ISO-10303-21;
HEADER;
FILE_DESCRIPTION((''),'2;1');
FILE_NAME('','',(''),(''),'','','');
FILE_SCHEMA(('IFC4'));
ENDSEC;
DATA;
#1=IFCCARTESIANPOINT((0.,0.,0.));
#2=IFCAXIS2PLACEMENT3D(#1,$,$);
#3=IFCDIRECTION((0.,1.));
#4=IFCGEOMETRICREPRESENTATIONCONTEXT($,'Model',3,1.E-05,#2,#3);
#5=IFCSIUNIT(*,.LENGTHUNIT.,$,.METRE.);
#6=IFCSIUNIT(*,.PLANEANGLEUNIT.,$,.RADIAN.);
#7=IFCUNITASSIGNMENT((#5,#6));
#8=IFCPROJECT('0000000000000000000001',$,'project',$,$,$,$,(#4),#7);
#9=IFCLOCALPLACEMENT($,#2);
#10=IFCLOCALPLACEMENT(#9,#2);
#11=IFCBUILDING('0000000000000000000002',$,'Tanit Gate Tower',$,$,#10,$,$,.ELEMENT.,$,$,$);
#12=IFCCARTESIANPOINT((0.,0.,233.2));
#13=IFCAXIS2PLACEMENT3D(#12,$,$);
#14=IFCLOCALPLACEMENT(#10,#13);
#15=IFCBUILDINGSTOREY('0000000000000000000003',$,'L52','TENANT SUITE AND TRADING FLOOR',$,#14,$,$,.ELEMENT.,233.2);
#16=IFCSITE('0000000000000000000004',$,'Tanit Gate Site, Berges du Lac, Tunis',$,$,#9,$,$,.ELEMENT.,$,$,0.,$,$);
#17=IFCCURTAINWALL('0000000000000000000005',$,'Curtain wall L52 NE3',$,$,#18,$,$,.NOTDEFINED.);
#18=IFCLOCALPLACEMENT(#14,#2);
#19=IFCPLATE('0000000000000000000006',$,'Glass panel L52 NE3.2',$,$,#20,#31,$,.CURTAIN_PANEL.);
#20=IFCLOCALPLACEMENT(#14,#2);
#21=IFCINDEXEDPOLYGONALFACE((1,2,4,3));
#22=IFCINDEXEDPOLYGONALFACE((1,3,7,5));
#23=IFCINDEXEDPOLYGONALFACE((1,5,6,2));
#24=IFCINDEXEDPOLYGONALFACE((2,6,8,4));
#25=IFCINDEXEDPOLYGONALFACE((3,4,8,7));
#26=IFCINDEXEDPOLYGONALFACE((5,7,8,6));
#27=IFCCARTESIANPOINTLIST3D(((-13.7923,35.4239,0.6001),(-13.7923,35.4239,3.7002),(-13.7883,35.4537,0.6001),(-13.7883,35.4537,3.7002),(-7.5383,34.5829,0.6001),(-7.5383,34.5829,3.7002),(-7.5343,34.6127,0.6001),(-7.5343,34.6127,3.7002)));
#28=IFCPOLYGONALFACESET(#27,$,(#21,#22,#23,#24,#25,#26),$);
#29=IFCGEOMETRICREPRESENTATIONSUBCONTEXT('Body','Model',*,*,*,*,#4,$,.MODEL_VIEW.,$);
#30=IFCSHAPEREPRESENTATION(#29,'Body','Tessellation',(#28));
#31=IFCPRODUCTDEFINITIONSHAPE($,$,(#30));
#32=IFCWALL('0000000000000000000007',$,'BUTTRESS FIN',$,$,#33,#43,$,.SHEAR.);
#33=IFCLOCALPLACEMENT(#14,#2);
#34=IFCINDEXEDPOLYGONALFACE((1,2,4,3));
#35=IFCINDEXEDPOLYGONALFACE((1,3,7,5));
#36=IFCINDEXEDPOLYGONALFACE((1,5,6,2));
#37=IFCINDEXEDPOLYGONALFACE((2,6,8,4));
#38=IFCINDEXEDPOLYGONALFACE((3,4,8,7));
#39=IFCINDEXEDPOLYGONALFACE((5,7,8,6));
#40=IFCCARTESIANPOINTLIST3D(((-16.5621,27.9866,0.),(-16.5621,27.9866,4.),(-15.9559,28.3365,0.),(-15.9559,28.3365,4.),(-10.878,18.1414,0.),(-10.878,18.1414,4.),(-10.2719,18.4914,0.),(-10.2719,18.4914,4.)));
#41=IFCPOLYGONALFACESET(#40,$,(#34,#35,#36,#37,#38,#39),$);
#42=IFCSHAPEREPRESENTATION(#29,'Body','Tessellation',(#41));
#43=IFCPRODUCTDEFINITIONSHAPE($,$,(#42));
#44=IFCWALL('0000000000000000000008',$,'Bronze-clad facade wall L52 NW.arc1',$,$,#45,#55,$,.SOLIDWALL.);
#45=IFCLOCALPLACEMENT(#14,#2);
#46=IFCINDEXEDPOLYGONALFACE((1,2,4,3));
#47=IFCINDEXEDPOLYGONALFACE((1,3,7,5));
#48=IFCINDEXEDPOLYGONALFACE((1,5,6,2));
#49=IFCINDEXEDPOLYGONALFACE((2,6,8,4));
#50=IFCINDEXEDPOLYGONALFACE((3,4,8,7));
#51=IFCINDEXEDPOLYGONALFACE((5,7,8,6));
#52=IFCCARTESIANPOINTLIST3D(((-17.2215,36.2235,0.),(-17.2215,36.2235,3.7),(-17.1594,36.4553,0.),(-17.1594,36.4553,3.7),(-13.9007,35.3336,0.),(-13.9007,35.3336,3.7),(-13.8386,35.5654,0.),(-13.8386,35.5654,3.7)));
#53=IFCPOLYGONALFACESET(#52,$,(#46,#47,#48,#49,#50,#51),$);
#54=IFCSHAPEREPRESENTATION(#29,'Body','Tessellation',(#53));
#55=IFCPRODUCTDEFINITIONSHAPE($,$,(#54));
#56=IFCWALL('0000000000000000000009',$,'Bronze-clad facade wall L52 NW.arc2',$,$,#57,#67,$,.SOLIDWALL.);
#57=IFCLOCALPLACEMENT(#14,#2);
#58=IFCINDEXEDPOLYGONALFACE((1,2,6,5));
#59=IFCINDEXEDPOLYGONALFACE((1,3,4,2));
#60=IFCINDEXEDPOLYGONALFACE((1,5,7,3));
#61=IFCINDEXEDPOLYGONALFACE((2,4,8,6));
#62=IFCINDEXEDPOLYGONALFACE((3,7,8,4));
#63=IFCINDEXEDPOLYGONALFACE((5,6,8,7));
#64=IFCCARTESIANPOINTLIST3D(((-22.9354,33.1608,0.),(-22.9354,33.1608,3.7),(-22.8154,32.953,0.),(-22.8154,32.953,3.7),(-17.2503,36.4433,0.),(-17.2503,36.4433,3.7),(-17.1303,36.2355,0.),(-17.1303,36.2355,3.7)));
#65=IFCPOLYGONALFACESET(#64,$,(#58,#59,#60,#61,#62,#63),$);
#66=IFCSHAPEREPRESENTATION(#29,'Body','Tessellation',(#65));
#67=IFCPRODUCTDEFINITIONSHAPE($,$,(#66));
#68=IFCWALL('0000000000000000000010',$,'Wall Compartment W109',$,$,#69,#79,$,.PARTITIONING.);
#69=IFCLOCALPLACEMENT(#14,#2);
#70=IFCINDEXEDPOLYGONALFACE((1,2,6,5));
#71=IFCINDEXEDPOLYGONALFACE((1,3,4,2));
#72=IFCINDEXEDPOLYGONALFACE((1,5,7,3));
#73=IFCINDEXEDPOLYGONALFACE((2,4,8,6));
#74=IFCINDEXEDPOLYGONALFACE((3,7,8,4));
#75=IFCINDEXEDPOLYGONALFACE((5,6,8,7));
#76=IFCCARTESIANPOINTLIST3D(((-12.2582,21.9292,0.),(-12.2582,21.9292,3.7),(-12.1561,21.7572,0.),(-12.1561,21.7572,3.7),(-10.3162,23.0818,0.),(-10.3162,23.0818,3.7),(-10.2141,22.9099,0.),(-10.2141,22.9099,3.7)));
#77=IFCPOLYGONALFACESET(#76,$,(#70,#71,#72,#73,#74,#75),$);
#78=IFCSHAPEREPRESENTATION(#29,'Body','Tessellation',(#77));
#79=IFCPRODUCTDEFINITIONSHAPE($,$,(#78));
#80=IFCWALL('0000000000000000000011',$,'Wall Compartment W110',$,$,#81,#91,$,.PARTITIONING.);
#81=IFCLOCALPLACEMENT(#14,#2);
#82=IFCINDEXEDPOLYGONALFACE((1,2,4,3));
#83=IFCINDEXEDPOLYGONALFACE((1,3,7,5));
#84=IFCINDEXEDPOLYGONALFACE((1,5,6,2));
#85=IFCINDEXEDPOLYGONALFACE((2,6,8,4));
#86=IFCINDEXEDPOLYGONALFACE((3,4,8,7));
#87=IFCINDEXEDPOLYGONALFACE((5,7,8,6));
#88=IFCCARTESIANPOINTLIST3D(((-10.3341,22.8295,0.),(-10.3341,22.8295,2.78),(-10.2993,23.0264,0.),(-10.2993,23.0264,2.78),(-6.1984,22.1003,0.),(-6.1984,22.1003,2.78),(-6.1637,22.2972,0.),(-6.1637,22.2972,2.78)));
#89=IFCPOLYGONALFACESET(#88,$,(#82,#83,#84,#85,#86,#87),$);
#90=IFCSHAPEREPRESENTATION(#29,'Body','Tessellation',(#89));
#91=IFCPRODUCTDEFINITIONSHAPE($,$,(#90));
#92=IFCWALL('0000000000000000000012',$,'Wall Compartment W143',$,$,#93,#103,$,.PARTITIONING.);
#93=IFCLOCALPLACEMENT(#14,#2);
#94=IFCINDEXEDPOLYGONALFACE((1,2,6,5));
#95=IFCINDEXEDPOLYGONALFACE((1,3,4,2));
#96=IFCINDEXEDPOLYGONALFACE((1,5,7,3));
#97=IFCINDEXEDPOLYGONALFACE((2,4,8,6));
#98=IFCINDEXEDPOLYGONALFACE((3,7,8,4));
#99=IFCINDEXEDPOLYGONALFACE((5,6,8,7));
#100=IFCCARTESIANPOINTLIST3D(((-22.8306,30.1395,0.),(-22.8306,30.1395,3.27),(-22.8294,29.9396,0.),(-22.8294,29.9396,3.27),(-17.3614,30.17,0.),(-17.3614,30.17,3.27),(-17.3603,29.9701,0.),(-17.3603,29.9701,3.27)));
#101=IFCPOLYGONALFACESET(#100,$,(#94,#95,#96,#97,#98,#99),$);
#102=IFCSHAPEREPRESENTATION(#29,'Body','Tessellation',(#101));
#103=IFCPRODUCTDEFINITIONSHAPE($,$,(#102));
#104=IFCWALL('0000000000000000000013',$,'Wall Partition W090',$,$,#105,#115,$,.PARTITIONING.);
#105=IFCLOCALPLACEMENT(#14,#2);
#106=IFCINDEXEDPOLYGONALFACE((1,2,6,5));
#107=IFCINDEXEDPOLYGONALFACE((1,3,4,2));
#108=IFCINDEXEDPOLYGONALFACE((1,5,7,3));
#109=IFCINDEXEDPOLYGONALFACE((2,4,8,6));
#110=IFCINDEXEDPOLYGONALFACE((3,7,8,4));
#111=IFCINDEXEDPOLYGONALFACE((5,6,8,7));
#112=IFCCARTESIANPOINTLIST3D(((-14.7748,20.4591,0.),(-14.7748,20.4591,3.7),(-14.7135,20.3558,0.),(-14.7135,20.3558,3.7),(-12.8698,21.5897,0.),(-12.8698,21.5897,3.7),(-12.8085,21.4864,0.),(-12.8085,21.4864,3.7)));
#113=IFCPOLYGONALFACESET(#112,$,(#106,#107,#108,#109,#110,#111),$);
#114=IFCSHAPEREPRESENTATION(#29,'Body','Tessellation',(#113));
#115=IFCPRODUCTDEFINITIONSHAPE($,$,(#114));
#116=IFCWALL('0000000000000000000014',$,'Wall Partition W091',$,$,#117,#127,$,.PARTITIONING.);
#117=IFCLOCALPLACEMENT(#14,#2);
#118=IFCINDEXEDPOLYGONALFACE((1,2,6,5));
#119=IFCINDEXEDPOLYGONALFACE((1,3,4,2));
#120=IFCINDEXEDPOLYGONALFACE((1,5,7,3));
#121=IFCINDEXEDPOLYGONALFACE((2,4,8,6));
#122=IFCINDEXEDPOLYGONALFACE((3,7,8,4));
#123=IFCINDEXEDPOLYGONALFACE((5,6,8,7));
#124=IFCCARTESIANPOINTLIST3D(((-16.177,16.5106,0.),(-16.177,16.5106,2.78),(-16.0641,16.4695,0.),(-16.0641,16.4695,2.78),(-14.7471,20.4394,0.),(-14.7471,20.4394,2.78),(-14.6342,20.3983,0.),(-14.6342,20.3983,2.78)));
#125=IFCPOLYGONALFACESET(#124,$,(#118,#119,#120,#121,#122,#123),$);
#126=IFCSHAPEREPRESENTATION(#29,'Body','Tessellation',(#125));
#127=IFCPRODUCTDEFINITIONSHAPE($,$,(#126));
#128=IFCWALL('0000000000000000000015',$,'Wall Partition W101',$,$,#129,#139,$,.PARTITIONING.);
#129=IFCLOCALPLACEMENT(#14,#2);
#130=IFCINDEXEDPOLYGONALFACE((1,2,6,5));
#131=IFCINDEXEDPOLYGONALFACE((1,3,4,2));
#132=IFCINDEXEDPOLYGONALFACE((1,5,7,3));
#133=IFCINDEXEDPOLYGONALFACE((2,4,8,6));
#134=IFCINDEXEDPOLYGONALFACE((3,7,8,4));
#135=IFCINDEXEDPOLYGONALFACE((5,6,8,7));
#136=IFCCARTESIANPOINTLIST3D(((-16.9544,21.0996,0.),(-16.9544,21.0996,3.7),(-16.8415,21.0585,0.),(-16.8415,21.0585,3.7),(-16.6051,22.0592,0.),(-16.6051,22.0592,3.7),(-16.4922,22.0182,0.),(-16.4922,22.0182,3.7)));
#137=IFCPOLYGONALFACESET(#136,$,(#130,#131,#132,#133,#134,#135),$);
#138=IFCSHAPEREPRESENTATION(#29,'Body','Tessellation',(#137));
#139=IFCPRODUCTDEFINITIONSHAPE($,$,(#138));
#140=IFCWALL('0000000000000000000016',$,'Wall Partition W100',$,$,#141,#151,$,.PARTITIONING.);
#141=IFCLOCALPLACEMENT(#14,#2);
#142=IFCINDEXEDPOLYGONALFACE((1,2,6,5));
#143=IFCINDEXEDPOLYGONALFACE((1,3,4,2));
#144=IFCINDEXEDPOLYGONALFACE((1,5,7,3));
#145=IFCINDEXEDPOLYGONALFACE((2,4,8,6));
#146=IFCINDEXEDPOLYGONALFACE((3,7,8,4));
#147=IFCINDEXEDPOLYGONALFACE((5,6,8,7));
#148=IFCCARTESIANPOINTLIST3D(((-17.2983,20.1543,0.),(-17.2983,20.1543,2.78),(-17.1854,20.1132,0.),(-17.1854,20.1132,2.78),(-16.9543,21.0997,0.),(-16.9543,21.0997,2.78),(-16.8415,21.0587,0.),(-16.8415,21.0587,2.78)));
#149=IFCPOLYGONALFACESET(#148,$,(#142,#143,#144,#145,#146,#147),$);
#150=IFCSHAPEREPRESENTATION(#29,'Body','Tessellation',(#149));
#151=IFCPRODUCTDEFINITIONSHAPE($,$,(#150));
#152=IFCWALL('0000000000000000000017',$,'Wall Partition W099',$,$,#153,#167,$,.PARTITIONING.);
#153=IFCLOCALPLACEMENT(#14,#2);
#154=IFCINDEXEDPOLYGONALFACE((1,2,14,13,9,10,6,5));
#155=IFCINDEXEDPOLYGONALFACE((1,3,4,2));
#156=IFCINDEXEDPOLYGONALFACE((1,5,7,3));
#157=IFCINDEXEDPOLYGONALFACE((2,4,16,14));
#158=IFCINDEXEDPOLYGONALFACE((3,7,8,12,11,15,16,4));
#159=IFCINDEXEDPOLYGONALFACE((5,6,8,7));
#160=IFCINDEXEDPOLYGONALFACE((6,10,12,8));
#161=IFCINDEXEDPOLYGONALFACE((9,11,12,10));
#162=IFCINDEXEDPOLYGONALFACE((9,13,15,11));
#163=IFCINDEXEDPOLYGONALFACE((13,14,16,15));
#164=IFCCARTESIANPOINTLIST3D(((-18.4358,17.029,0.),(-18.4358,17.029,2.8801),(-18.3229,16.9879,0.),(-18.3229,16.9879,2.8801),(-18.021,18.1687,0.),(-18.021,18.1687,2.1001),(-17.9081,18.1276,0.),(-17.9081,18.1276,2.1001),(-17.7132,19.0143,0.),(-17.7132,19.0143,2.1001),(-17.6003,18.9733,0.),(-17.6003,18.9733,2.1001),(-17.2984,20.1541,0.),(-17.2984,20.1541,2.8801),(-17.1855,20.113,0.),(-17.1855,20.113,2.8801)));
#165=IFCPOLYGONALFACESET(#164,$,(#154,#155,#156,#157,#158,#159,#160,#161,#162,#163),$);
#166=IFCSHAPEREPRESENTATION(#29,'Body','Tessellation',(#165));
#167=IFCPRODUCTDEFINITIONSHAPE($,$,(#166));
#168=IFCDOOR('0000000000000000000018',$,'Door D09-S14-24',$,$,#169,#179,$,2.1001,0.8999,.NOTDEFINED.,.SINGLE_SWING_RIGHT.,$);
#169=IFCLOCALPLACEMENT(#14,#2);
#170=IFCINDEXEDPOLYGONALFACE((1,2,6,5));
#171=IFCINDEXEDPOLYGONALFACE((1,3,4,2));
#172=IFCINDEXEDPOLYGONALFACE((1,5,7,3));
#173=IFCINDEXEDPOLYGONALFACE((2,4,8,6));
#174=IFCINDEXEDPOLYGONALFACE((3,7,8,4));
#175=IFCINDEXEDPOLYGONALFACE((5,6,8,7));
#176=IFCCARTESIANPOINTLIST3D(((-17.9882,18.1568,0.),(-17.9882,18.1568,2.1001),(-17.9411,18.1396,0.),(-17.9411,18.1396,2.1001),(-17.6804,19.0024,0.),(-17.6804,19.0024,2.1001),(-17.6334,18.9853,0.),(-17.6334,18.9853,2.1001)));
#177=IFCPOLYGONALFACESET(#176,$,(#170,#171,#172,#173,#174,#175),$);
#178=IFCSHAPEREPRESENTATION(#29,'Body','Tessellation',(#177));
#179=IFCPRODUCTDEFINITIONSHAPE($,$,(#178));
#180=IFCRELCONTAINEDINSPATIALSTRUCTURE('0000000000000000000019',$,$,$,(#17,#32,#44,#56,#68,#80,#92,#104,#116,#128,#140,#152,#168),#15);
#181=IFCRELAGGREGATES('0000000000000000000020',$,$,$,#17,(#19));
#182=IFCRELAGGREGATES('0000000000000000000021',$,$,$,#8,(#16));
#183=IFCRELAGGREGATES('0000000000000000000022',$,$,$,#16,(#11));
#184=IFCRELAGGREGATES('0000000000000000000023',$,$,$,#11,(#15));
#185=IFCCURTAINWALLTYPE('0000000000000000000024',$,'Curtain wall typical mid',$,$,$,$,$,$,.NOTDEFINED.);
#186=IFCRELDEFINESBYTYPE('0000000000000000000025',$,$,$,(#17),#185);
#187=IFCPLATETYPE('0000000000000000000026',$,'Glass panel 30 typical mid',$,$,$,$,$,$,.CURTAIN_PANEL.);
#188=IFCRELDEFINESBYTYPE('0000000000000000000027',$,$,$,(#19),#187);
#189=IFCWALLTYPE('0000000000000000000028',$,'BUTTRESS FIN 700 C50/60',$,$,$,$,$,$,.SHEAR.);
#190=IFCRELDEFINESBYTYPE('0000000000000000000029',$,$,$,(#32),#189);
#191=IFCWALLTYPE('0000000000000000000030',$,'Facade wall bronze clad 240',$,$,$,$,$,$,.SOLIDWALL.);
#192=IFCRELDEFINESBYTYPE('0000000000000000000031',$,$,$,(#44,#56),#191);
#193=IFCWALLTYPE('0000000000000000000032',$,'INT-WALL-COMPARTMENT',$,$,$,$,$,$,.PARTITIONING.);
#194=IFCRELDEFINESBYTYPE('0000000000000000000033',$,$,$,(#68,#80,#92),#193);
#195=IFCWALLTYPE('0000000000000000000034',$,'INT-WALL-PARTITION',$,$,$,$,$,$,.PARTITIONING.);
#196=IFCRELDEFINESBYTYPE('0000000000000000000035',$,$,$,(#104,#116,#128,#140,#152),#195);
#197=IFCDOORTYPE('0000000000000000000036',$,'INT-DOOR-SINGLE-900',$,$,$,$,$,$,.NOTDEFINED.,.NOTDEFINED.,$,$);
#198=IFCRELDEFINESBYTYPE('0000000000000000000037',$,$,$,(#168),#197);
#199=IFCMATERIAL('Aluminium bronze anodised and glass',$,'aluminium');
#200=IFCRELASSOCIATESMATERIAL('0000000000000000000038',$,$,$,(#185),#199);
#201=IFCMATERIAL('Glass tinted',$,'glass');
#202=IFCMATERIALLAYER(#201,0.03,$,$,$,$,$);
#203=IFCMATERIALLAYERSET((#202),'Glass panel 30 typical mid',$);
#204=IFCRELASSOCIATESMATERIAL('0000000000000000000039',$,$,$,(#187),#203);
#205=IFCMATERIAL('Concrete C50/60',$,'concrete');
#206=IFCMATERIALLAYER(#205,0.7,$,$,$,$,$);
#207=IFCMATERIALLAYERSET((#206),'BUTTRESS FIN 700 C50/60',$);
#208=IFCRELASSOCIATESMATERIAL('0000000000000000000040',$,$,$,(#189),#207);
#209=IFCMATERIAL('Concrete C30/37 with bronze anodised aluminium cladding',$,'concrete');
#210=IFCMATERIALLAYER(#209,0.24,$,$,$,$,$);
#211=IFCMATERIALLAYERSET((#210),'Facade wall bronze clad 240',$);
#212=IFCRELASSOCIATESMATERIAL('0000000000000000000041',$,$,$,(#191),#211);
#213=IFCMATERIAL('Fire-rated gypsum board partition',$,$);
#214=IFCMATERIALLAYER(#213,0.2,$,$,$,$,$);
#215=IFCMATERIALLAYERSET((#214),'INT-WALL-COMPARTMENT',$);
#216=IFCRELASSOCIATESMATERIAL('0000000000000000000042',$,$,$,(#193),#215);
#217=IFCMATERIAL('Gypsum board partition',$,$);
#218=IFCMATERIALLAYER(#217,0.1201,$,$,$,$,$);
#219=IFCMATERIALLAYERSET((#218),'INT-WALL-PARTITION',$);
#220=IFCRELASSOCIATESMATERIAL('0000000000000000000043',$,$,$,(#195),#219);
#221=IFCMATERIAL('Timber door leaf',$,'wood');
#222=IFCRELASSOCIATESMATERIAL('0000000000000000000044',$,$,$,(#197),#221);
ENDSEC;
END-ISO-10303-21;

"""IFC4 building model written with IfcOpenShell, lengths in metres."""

from ifc_helpers import new_model, si_unit, direction, frame, frame_2d, origin, origin_2d, place, context, subcontext, project, spatial, rectangle, extrude, material, layer, layer_set, type_object, element, fill, aggregate, save


model = new_model("IFC4")

# Units and contexts
model_context = context("Model", 3, precision=1e-05, world=origin(), true_north=direction((0.0, 1.0)))
body_context = subcontext(model_context, "Body", "Model", "MODEL_VIEW")
ifc_project = project(units=[si_unit("LENGTHUNIT", "METRE"), si_unit("PLANEANGLEUNIT", "RADIAN")], contexts=[model_context])

# Site, building, storey
site_placement = place(None, origin())
site = spatial("IfcSite", under=ifc_project, at=site_placement, Name="Tanit Gate Site, Berges du Lac, Tunis", CompositionType="ELEMENT", RefElevation=0.0)
building_placement = place(site_placement, origin())
building = spatial("IfcBuilding", under=site, at=building_placement, Name="Tanit Gate Tower", CompositionType="ELEMENT")
storey_placement = place(building_placement, frame((0.0, 0.0, 233.2)))
storey = spatial("IfcBuildingStorey", under=building, at=storey_placement, Name="L52", Description="TENANT SUITE AND TRADING FLOOR", CompositionType="ELEMENT", Elevation=233.2)

# Curtain wall
ifc_material_1 = material(Name="Aluminium bronze anodised and glass", Category="aluminium")
curtain_wall_type = type_object("IfcCurtainWallType", Name="Curtain wall typical mid", PredefinedType="NOTDEFINED", material=ifc_material_1)
curtain_wall_placement = place(storey_placement, origin())
curtain_wall = element("IfcCurtainWall", 1, at=curtain_wall_placement, inside=storey, type_object=curtain_wall_type, Name="Curtain wall L52 NE3", PredefinedType="NOTDEFINED")

# Plate
ifc_material_2 = material(Name="Glass tinted", Category="glass")
ifc_layer_1 = layer(ifc_material_2, 0.03)
ifc_layer_set_1 = layer_set([ifc_layer_1], Name="Glass panel 30 typical mid")
plate_type = type_object("IfcPlateType", Name="Glass panel 30 typical mid", PredefinedType="CURTAIN_PANEL", material=ifc_layer_set_1)
plate_1_placement = place(storey_placement, frame((-10.6633, 35.0183, 0.6001), z_axis=(0.0, 0.0, 1.0), x_axis=(-0.99108, 0.133269, 0.0)))
plate_1 = element("IfcPlate", 2, at=plate_1_placement, type_object=plate_type, Name="Glass panel L52 NE3.2", PredefinedType="CURTAIN_PANEL", context=body_context, shape_type="SweptSolid", body=[
    extrude(rectangle(XDim=6.3103, YDim=0.03, at=origin_2d()), origin(), (0.0, 0.0, 1.0), 3.1001),
])
aggregate(curtain_wall, [plate_1])

# Walls
ifc_material_3 = material(Name="Concrete C50/60", Category="concrete")
ifc_layer_2 = layer(ifc_material_3, 0.7)
ifc_layer_set_2 = layer_set([ifc_layer_2], Name="BUTTRESS FIN 700 C50/60")
wall_type_1 = type_object("IfcWallType", Name="BUTTRESS FIN 700 C50/60", PredefinedType="SHEAR", material=ifc_layer_set_2)
wall_1_placement = place(storey_placement, frame((-10.575, 18.3164, 0.0), z_axis=(0.0, 0.0, 1.0), x_axis=(-0.499996, 0.866028, 0.0)))
element("IfcWall", 3, at=wall_1_placement, inside=storey, type_object=wall_type_1, Name="BUTTRESS FIN", PredefinedType="SHEAR", context=body_context, shape_type="SweptSolid", body=[
    extrude(rectangle(XDim=11.3682, YDim=0.7, at=frame_2d((5.6841, 0.0))), origin(), (0.0, 0.0, 1.0), 4.0),
])
ifc_material_4 = material(Name="Concrete C30/37 with bronze anodised aluminium cladding", Category="concrete")
ifc_layer_3 = layer(ifc_material_4, 0.24)
ifc_layer_set_3 = layer_set([ifc_layer_3], Name="Facade wall bronze clad 240")
wall_type_2 = type_object("IfcWallType", Name="Facade wall bronze clad 240", PredefinedType="SOLIDWALL", material=ifc_layer_set_3)
wall_2_placement = place(storey_placement, frame((-13.8696, 35.4495, 0.0), z_axis=(0.0, 0.0, 1.0), x_axis=(-0.96592, 0.258843, 0.0)))
element("IfcWall", 4, at=wall_2_placement, inside=storey, type_object=wall_type_2, Name="Bronze-clad facade wall L52 NW.arc1", PredefinedType="SOLIDWALL", context=body_context, shape_type="SweptSolid", body=[
    extrude(rectangle(XDim=3.438, YDim=0.24, at=frame_2d((1.719, 0.0))), origin(), (0.0, 0.0, 1.0), 3.7),
])
wall_3_placement = place(storey_placement, frame((-17.1904, 36.3394, 0.0), z_axis=(0.0, 0.0, 1.0), x_axis=(-0.866012, -0.500023, 0.0)))
element("IfcWall", 5, at=wall_3_placement, inside=storey, type_object=wall_type_2, Name="Bronze-clad facade wall L52 NW.arc2", PredefinedType="SOLIDWALL", context=body_context, shape_type="SweptSolid", body=[
    extrude(rectangle(XDim=6.5647, YDim=0.24, at=frame_2d((3.2822, 0.0))), origin(), (0.0, 0.0, 1.0), 3.7),
])
ifc_material_5 = material(Name="Fire-rated gypsum board partition")
ifc_layer_4 = layer(ifc_material_5, 0.2)
ifc_layer_set_4 = layer_set([ifc_layer_4], Name="INT-WALL-COMPARTMENT")
wall_type_3 = type_object("IfcWallType", Name="INT-WALL-COMPARTMENT", PredefinedType="PARTITIONING", material=ifc_layer_set_4)
wall_4_placement = place(storey_placement, frame((-10.2651, 22.9958, 0.0), z_axis=(0.0, 0.0, 1.0), x_axis=(-0.859935, -0.510404, 0.0)))
element("IfcWall", 6, at=wall_4_placement, inside=storey, type_object=wall_type_3, Name="Wall Compartment W109", PredefinedType="PARTITIONING", context=body_context, shape_type="SweptSolid", body=[
    extrude(rectangle(XDim=2.2583, YDim=0.2, at=frame_2d((1.1292, 0.0))), origin(), (0.0, 0.0, 1.0), 3.7),
])
wall_5_placement = place(storey_placement, frame((-6.1812, 22.1987, 0.0), z_axis=(0.0, 0.0, 1.0), x_axis=(-0.984808, 0.173649, 0.0)))
element("IfcWall", 7, at=wall_5_placement, inside=storey, type_object=wall_type_3, Name="Wall Compartment W110", PredefinedType="PARTITIONING", context=body_context, shape_type="SweptSolid", body=[
    extrude(rectangle(XDim=4.1995, YDim=0.2, at=frame_2d((2.0996, 0.0))), origin(), (0.0, 0.0, 1.0), 2.78),
])
wall_6_placement = place(storey_placement, frame((-17.3608, 30.0701, 0.0), z_axis=(0.0, 0.0, 1.0), x_axis=(-0.999984, -0.00558, 0.0)))
element("IfcWall", 8, at=wall_6_placement, inside=storey, type_object=wall_type_3, Name="Wall Compartment W143", PredefinedType="PARTITIONING", context=body_context, shape_type="SweptSolid", body=[
    extrude(rectangle(XDim=5.4692, YDim=0.2, at=frame_2d((2.7346, 0.0))), origin(), (0.0, 0.0, 1.0), 3.27),
])
ifc_material_6 = material(Name="Gypsum board partition")
ifc_layer_5 = layer(ifc_material_6, 0.1201)
ifc_layer_set_5 = layer_set([ifc_layer_5], Name="INT-WALL-PARTITION")
wall_type_4 = type_object("IfcWallType", Name="INT-WALL-PARTITION", PredefinedType="PARTITIONING", material=ifc_layer_set_5)
wall_7_placement = place(storey_placement, frame((-12.8391, 21.5381, 0.0), z_axis=(0.0, 0.0, 1.0), x_axis=(-0.859953, -0.510373, 0.0)))
element("IfcWall", 9, at=wall_7_placement, inside=storey, type_object=wall_type_4, Name="Wall Partition W090", PredefinedType="PARTITIONING", context=body_context, shape_type="SweptSolid", body=[
    extrude(rectangle(XDim=2.2153, YDim=0.1201, at=frame_2d((1.1077, 0.0))), origin(), (0.0, 0.0, 1.0), 3.7),
])
wall_8_placement = place(storey_placement, frame((-14.6907, 20.4187, 0.0), z_axis=(0.0, 0.0, 1.0), x_axis=(-0.34202, -0.939693, 0.0)))
element("IfcWall", 10, at=wall_8_placement, inside=storey, type_object=wall_type_4, Name="Wall Partition W091", PredefinedType="PARTITIONING", context=body_context, shape_type="SweptSolid", body=[
    extrude(rectangle(XDim=4.1809, YDim=0.1201, at=frame_2d((2.0903, 0.0))), origin(), (0.0, 0.0, 1.0), 2.78),
])
wall_9_placement = place(storey_placement, frame((-16.5486, 22.0388, 0.0), z_axis=(0.0, 0.0, 1.0), x_axis=(-0.342069, -0.939675, 0.0)))
element("IfcWall", 11, at=wall_9_placement, inside=storey, type_object=wall_type_4, Name="Wall Partition W101", PredefinedType="PARTITIONING", context=body_context, shape_type="SweptSolid", body=[
    extrude(rectangle(XDim=1.0212, YDim=0.1201, at=frame_2d((0.5107, 0.0))), origin(), (0.0, 0.0, 1.0), 3.7),
])
wall_10_placement = place(storey_placement, frame((-16.8979, 21.0791, 0.0), z_axis=(0.0, 0.0, 1.0), x_axis=(-0.341879, -0.939744, 0.0)))
element("IfcWall", 12, at=wall_10_placement, inside=storey, type_object=wall_type_4, Name="Wall Partition W100", PredefinedType="PARTITIONING", context=body_context, shape_type="SweptSolid", body=[
    extrude(rectangle(XDim=1.0061, YDim=0.1201, at=frame_2d((0.5029, 0.0))), origin(), (0.0, 0.0, 1.0), 2.78),
])

# Wall, opening, door
wall_11_placement = place(storey_placement, frame((-17.2419, 20.1335, 0.0), z_axis=(0.0, 0.0, 1.0), x_axis=(-0.342008, -0.939697, 0.0)))
wall_11 = element("IfcWall", 13, at=wall_11_placement, inside=storey, type_object=wall_type_4, Name="Wall Partition W099", PredefinedType="PARTITIONING", context=body_context, shape_type="SweptSolid", body=[
    extrude(rectangle(XDim=3.3257, YDim=0.1201, at=frame_2d((1.6628, 0.0))), origin(), (0.0, 0.0, 1.0), 2.8801),
])
opening_1_placement = place(wall_11_placement, frame((1.2129, 0.0, 0.0)))
opening_1 = element("IfcOpeningElement", 14, at=opening_1_placement, cuts=wall_11, PredefinedType="OPENING", context=body_context, shape_type="SweptSolid", body=[
    extrude(rectangle(XDim=0.8999, YDim=2.1001, at=frame_2d((0.45, 1.05))), frame((0.0, 0.0701, 0.0), z_axis=(0.0, -1.0, 0.0), x_axis=(1.0, 0.0, 0.0)), (0.0, 0.0, 1.0), 0.1401),
])
ifc_material_7 = material(Name="Timber door leaf", Category="wood")
door_type_1 = type_object("IfcDoorType", Name="INT-DOOR-SINGLE-900", OperationType="NOTDEFINED", PredefinedType="NOTDEFINED", material=ifc_material_7)
door_1_placement = place(opening_1_placement, origin())
door_1 = element("IfcDoor", 15, at=door_1_placement, inside=storey, type_object=door_type_1, Name="Door D09-S14-24", OperationType="SINGLE_SWING_RIGHT", OverallHeight=2.1001, OverallWidth=0.8999, PredefinedType="NOTDEFINED", context=body_context, shape_type="SweptSolid", body=[
    extrude(rectangle(XDim=0.8999, YDim=2.1001, at=frame_2d((0.45, 1.05))), frame((0.0, 0.0249, 0.0), z_axis=(0.0, -1.0, 0.0), x_axis=(1.0, 0.0, 0.0)), (0.0, 0.0, 1.0), 0.05),
])
fill(opening_1, door_1)

save(model, "model.ifc")
